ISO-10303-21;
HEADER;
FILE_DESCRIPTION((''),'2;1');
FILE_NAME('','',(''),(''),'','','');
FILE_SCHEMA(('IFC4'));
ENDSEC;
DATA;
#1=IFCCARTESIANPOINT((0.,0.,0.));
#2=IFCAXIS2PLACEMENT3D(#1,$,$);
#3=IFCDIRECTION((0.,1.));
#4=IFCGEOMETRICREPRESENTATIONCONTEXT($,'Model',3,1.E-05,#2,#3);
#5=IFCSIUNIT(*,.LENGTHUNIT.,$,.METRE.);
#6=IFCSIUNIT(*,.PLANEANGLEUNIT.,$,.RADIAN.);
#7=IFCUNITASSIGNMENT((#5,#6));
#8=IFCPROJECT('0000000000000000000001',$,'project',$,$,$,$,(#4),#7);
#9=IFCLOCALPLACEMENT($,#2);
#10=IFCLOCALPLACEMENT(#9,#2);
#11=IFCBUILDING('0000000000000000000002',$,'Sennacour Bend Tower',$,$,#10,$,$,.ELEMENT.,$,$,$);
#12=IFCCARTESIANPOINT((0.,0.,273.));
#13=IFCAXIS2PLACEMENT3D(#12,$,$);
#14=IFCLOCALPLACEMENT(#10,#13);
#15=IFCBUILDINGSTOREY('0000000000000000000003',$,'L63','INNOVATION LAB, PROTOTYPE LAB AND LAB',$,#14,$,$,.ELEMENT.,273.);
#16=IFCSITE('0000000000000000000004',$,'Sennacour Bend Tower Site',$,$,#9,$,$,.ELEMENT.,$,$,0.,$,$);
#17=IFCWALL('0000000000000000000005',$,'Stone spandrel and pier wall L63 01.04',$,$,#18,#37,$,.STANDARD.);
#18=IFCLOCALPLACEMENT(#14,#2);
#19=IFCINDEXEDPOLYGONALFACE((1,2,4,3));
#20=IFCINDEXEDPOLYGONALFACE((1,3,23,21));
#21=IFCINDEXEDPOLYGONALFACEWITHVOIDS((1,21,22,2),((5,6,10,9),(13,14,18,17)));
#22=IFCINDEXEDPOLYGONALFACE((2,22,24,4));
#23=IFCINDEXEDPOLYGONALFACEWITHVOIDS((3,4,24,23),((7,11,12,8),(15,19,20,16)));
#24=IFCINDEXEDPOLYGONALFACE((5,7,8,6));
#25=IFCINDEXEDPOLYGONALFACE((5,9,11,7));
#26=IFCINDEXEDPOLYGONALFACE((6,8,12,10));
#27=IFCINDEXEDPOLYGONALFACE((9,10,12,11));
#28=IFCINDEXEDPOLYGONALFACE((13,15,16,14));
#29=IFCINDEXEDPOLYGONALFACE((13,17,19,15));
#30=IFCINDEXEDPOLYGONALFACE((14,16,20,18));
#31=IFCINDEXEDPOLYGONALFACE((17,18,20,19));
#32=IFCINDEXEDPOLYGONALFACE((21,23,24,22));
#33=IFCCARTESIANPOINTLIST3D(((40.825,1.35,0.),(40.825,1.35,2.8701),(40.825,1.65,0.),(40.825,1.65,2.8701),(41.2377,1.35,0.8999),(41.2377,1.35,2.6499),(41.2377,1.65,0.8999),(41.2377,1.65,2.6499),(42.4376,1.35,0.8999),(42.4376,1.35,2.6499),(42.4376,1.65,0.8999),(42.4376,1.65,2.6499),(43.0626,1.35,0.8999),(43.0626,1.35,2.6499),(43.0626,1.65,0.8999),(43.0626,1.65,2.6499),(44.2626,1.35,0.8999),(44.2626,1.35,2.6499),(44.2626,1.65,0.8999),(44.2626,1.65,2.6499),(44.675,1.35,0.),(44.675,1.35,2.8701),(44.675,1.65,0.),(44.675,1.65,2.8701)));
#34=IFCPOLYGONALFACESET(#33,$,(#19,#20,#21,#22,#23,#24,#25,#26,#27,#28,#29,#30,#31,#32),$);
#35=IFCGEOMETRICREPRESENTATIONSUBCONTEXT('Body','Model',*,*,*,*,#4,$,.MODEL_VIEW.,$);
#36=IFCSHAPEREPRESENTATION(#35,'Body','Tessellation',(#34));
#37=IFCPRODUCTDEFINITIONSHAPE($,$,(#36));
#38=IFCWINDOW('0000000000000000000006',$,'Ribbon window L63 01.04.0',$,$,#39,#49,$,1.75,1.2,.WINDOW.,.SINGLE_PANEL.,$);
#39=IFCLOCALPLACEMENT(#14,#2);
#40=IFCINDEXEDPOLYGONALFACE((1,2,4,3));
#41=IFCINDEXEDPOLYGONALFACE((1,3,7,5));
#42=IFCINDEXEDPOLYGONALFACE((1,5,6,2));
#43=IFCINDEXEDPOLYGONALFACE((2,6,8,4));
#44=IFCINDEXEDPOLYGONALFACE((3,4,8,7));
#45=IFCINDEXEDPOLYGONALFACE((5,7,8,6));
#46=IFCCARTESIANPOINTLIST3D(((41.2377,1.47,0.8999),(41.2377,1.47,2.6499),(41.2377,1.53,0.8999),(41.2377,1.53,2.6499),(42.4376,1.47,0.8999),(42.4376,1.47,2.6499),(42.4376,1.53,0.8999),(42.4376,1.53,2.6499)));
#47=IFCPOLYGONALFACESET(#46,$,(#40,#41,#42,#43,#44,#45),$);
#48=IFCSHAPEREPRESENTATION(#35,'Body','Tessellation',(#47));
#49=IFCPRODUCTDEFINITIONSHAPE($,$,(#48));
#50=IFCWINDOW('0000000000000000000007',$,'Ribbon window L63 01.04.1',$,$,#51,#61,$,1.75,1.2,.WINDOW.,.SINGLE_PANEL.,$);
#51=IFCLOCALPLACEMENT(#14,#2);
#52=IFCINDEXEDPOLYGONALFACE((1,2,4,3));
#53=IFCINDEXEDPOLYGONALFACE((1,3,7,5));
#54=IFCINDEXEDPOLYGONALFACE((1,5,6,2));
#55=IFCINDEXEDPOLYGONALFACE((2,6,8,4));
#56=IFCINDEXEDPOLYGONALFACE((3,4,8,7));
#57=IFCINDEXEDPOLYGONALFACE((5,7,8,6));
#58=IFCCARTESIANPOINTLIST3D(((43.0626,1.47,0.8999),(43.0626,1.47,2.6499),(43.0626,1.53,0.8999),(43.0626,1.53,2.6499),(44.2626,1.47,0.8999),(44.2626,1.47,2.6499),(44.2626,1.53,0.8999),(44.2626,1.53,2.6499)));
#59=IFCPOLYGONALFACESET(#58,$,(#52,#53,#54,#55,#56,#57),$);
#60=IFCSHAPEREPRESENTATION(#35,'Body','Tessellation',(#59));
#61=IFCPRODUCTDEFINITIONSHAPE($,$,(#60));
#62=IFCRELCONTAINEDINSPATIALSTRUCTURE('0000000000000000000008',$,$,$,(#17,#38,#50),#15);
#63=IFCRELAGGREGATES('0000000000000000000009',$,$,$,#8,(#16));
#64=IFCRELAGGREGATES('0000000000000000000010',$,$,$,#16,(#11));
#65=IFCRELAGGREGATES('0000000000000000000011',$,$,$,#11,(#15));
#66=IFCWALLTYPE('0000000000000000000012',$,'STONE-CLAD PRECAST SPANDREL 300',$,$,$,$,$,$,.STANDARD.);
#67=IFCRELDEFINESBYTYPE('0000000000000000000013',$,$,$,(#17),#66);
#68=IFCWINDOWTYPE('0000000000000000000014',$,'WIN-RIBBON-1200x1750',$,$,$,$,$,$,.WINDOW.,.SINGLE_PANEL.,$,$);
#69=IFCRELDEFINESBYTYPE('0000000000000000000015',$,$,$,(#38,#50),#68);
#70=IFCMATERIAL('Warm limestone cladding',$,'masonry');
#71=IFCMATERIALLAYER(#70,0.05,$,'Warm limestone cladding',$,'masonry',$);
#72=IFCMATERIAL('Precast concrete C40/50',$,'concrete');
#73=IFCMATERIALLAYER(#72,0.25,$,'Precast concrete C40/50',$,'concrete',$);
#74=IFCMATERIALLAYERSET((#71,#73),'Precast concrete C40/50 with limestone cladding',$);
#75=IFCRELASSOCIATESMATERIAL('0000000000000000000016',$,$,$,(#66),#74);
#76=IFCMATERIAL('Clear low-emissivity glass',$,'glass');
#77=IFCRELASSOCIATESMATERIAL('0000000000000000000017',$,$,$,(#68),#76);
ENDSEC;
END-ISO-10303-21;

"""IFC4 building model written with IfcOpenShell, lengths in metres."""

from ifc_helpers import new_model, si_unit, direction, frame, frame_2d, origin, place, context, subcontext, project, spatial, rectangle, extrude, material, layer, layer_set, type_object, element, fill, save


model = new_model("IFC4")

# Units and contexts
model_context = context("Model", 3, precision=1e-05, world=origin(), true_north=direction((0.0, 1.0)))
body_context = subcontext(model_context, "Body", "Model", "MODEL_VIEW")
ifc_project = project(units=[si_unit("LENGTHUNIT", "METRE"), si_unit("PLANEANGLEUNIT", "RADIAN")], contexts=[model_context])

# Site, building, storey
site_placement = place(None, origin())
site = spatial("IfcSite", under=ifc_project, at=site_placement, Name="Sennacour Bend Tower Site", CompositionType="ELEMENT", RefElevation=0.0)
building_placement = place(site_placement, origin())
building = spatial("IfcBuilding", under=site, at=building_placement, Name="Sennacour Bend Tower", CompositionType="ELEMENT")
storey_placement = place(building_placement, frame((0.0, 0.0, 273.0)))
storey = spatial("IfcBuildingStorey", under=building, at=storey_placement, Name="L63", Description="INNOVATION LAB, PROTOTYPE LAB AND LAB", CompositionType="ELEMENT", Elevation=273.0)

# Wall, openings, windows
ifc_material_1 = material(Name="Warm limestone cladding", Category="masonry")
ifc_layer_1 = layer(ifc_material_1, 0.05, Name="Warm limestone cladding", Category="masonry")
ifc_material_2 = material(Name="Precast concrete C40/50", Category="concrete")
ifc_layer_2 = layer(ifc_material_2, 0.25, Name="Precast concrete C40/50", Category="concrete")
ifc_layer_set_1 = layer_set([ifc_layer_1, ifc_layer_2], Name="Precast concrete C40/50 with limestone cladding")
wall_type_1 = type_object("IfcWallType", Name="STONE-CLAD PRECAST SPANDREL 300", PredefinedType="STANDARD", material=ifc_layer_set_1)
ifc_material_3 = material(Name="Clear low-emissivity glass", Category="glass")
window_type = type_object("IfcWindowType", Name="WIN-RIBBON-1200x1750", PartitioningType="SINGLE_PANEL", PredefinedType="WINDOW", material=ifc_material_3)
wall_1_placement = place(storey_placement, frame((40.825, 1.5, 0.0), z_axis=(0.0, 0.0, 1.0), x_axis=(1.0, 0.0, 0.0)))
wall_1 = element("IfcWall", 1, at=wall_1_placement, inside=storey, type_object=wall_type_1, Name="Stone spandrel and pier wall L63 01.04", PredefinedType="STANDARD", context=body_context, shape_type="SweptSolid", body=[
    extrude(rectangle(XDim=3.8501, YDim=0.3, at=frame_2d((1.925, 0.0))), origin(), (0.0, 0.0, 1.0), 2.8701),
])
opening_1_placement = place(wall_1_placement, frame((0.4126, 0.0, 0.8999)))
opening_1 = element("IfcOpeningElement", 2, at=opening_1_placement, cuts=wall_1, PredefinedType="OPENING", context=body_context, shape_type="SweptSolid", body=[
    extrude(rectangle(XDim=1.2, YDim=1.75, at=frame_2d((0.6001, 0.875))), frame((0.0, 0.1602, 0.0), z_axis=(0.0, -1.0, 0.0), x_axis=(1.0, 0.0, 0.0)), (0.0, 0.0, 1.0), 0.3201),
])
opening_2_placement = place(wall_1_placement, frame((2.2375, 0.0, 0.8999)))
opening_2 = element("IfcOpeningElement", 3, at=opening_2_placement, cuts=wall_1, PredefinedType="OPENING", context=body_context, shape_type="SweptSolid", body=[
    extrude(rectangle(XDim=1.2, YDim=1.75, at=frame_2d((0.6001, 0.875))), frame((0.0, 0.1602, 0.0), z_axis=(0.0, -1.0, 0.0), x_axis=(1.0, 0.0, 0.0)), (0.0, 0.0, 1.0), 0.3201),
])
window_1_placement = place(opening_1_placement, origin())
window_1 = element("IfcWindow", 4, at=window_1_placement, inside=storey, type_object=window_type, Name="Ribbon window L63 01.04.0", OverallHeight=1.75, OverallWidth=1.2, PartitioningType="SINGLE_PANEL", PredefinedType="WINDOW", context=body_context, shape_type="SweptSolid", body=[
    extrude(rectangle(XDim=1.2, YDim=1.75, at=frame_2d((0.6001, 0.875))), frame((0.0, 0.03, 0.0), z_axis=(0.0, -1.0, 0.0), x_axis=(1.0, 0.0, 0.0)), (0.0, 0.0, 1.0), 0.0601),
])
fill(opening_1, window_1)
window_2_placement = place(opening_2_placement, origin())
window_2 = element("IfcWindow", 5, at=window_2_placement, inside=storey, type_object=window_type, Name="Ribbon window L63 01.04.1", OverallHeight=1.75, OverallWidth=1.2, PartitioningType="SINGLE_PANEL", PredefinedType="WINDOW", context=body_context, shape_type="SweptSolid", body=[
    extrude(rectangle(XDim=1.2, YDim=1.75, at=frame_2d((0.6001, 0.875))), frame((0.0, 0.03, 0.0), z_axis=(0.0, -1.0, 0.0), x_axis=(1.0, 0.0, 0.0)), (0.0, 0.0, 1.0), 0.0601),
])
fill(opening_2, window_2)

save(model, "model.ifc")
